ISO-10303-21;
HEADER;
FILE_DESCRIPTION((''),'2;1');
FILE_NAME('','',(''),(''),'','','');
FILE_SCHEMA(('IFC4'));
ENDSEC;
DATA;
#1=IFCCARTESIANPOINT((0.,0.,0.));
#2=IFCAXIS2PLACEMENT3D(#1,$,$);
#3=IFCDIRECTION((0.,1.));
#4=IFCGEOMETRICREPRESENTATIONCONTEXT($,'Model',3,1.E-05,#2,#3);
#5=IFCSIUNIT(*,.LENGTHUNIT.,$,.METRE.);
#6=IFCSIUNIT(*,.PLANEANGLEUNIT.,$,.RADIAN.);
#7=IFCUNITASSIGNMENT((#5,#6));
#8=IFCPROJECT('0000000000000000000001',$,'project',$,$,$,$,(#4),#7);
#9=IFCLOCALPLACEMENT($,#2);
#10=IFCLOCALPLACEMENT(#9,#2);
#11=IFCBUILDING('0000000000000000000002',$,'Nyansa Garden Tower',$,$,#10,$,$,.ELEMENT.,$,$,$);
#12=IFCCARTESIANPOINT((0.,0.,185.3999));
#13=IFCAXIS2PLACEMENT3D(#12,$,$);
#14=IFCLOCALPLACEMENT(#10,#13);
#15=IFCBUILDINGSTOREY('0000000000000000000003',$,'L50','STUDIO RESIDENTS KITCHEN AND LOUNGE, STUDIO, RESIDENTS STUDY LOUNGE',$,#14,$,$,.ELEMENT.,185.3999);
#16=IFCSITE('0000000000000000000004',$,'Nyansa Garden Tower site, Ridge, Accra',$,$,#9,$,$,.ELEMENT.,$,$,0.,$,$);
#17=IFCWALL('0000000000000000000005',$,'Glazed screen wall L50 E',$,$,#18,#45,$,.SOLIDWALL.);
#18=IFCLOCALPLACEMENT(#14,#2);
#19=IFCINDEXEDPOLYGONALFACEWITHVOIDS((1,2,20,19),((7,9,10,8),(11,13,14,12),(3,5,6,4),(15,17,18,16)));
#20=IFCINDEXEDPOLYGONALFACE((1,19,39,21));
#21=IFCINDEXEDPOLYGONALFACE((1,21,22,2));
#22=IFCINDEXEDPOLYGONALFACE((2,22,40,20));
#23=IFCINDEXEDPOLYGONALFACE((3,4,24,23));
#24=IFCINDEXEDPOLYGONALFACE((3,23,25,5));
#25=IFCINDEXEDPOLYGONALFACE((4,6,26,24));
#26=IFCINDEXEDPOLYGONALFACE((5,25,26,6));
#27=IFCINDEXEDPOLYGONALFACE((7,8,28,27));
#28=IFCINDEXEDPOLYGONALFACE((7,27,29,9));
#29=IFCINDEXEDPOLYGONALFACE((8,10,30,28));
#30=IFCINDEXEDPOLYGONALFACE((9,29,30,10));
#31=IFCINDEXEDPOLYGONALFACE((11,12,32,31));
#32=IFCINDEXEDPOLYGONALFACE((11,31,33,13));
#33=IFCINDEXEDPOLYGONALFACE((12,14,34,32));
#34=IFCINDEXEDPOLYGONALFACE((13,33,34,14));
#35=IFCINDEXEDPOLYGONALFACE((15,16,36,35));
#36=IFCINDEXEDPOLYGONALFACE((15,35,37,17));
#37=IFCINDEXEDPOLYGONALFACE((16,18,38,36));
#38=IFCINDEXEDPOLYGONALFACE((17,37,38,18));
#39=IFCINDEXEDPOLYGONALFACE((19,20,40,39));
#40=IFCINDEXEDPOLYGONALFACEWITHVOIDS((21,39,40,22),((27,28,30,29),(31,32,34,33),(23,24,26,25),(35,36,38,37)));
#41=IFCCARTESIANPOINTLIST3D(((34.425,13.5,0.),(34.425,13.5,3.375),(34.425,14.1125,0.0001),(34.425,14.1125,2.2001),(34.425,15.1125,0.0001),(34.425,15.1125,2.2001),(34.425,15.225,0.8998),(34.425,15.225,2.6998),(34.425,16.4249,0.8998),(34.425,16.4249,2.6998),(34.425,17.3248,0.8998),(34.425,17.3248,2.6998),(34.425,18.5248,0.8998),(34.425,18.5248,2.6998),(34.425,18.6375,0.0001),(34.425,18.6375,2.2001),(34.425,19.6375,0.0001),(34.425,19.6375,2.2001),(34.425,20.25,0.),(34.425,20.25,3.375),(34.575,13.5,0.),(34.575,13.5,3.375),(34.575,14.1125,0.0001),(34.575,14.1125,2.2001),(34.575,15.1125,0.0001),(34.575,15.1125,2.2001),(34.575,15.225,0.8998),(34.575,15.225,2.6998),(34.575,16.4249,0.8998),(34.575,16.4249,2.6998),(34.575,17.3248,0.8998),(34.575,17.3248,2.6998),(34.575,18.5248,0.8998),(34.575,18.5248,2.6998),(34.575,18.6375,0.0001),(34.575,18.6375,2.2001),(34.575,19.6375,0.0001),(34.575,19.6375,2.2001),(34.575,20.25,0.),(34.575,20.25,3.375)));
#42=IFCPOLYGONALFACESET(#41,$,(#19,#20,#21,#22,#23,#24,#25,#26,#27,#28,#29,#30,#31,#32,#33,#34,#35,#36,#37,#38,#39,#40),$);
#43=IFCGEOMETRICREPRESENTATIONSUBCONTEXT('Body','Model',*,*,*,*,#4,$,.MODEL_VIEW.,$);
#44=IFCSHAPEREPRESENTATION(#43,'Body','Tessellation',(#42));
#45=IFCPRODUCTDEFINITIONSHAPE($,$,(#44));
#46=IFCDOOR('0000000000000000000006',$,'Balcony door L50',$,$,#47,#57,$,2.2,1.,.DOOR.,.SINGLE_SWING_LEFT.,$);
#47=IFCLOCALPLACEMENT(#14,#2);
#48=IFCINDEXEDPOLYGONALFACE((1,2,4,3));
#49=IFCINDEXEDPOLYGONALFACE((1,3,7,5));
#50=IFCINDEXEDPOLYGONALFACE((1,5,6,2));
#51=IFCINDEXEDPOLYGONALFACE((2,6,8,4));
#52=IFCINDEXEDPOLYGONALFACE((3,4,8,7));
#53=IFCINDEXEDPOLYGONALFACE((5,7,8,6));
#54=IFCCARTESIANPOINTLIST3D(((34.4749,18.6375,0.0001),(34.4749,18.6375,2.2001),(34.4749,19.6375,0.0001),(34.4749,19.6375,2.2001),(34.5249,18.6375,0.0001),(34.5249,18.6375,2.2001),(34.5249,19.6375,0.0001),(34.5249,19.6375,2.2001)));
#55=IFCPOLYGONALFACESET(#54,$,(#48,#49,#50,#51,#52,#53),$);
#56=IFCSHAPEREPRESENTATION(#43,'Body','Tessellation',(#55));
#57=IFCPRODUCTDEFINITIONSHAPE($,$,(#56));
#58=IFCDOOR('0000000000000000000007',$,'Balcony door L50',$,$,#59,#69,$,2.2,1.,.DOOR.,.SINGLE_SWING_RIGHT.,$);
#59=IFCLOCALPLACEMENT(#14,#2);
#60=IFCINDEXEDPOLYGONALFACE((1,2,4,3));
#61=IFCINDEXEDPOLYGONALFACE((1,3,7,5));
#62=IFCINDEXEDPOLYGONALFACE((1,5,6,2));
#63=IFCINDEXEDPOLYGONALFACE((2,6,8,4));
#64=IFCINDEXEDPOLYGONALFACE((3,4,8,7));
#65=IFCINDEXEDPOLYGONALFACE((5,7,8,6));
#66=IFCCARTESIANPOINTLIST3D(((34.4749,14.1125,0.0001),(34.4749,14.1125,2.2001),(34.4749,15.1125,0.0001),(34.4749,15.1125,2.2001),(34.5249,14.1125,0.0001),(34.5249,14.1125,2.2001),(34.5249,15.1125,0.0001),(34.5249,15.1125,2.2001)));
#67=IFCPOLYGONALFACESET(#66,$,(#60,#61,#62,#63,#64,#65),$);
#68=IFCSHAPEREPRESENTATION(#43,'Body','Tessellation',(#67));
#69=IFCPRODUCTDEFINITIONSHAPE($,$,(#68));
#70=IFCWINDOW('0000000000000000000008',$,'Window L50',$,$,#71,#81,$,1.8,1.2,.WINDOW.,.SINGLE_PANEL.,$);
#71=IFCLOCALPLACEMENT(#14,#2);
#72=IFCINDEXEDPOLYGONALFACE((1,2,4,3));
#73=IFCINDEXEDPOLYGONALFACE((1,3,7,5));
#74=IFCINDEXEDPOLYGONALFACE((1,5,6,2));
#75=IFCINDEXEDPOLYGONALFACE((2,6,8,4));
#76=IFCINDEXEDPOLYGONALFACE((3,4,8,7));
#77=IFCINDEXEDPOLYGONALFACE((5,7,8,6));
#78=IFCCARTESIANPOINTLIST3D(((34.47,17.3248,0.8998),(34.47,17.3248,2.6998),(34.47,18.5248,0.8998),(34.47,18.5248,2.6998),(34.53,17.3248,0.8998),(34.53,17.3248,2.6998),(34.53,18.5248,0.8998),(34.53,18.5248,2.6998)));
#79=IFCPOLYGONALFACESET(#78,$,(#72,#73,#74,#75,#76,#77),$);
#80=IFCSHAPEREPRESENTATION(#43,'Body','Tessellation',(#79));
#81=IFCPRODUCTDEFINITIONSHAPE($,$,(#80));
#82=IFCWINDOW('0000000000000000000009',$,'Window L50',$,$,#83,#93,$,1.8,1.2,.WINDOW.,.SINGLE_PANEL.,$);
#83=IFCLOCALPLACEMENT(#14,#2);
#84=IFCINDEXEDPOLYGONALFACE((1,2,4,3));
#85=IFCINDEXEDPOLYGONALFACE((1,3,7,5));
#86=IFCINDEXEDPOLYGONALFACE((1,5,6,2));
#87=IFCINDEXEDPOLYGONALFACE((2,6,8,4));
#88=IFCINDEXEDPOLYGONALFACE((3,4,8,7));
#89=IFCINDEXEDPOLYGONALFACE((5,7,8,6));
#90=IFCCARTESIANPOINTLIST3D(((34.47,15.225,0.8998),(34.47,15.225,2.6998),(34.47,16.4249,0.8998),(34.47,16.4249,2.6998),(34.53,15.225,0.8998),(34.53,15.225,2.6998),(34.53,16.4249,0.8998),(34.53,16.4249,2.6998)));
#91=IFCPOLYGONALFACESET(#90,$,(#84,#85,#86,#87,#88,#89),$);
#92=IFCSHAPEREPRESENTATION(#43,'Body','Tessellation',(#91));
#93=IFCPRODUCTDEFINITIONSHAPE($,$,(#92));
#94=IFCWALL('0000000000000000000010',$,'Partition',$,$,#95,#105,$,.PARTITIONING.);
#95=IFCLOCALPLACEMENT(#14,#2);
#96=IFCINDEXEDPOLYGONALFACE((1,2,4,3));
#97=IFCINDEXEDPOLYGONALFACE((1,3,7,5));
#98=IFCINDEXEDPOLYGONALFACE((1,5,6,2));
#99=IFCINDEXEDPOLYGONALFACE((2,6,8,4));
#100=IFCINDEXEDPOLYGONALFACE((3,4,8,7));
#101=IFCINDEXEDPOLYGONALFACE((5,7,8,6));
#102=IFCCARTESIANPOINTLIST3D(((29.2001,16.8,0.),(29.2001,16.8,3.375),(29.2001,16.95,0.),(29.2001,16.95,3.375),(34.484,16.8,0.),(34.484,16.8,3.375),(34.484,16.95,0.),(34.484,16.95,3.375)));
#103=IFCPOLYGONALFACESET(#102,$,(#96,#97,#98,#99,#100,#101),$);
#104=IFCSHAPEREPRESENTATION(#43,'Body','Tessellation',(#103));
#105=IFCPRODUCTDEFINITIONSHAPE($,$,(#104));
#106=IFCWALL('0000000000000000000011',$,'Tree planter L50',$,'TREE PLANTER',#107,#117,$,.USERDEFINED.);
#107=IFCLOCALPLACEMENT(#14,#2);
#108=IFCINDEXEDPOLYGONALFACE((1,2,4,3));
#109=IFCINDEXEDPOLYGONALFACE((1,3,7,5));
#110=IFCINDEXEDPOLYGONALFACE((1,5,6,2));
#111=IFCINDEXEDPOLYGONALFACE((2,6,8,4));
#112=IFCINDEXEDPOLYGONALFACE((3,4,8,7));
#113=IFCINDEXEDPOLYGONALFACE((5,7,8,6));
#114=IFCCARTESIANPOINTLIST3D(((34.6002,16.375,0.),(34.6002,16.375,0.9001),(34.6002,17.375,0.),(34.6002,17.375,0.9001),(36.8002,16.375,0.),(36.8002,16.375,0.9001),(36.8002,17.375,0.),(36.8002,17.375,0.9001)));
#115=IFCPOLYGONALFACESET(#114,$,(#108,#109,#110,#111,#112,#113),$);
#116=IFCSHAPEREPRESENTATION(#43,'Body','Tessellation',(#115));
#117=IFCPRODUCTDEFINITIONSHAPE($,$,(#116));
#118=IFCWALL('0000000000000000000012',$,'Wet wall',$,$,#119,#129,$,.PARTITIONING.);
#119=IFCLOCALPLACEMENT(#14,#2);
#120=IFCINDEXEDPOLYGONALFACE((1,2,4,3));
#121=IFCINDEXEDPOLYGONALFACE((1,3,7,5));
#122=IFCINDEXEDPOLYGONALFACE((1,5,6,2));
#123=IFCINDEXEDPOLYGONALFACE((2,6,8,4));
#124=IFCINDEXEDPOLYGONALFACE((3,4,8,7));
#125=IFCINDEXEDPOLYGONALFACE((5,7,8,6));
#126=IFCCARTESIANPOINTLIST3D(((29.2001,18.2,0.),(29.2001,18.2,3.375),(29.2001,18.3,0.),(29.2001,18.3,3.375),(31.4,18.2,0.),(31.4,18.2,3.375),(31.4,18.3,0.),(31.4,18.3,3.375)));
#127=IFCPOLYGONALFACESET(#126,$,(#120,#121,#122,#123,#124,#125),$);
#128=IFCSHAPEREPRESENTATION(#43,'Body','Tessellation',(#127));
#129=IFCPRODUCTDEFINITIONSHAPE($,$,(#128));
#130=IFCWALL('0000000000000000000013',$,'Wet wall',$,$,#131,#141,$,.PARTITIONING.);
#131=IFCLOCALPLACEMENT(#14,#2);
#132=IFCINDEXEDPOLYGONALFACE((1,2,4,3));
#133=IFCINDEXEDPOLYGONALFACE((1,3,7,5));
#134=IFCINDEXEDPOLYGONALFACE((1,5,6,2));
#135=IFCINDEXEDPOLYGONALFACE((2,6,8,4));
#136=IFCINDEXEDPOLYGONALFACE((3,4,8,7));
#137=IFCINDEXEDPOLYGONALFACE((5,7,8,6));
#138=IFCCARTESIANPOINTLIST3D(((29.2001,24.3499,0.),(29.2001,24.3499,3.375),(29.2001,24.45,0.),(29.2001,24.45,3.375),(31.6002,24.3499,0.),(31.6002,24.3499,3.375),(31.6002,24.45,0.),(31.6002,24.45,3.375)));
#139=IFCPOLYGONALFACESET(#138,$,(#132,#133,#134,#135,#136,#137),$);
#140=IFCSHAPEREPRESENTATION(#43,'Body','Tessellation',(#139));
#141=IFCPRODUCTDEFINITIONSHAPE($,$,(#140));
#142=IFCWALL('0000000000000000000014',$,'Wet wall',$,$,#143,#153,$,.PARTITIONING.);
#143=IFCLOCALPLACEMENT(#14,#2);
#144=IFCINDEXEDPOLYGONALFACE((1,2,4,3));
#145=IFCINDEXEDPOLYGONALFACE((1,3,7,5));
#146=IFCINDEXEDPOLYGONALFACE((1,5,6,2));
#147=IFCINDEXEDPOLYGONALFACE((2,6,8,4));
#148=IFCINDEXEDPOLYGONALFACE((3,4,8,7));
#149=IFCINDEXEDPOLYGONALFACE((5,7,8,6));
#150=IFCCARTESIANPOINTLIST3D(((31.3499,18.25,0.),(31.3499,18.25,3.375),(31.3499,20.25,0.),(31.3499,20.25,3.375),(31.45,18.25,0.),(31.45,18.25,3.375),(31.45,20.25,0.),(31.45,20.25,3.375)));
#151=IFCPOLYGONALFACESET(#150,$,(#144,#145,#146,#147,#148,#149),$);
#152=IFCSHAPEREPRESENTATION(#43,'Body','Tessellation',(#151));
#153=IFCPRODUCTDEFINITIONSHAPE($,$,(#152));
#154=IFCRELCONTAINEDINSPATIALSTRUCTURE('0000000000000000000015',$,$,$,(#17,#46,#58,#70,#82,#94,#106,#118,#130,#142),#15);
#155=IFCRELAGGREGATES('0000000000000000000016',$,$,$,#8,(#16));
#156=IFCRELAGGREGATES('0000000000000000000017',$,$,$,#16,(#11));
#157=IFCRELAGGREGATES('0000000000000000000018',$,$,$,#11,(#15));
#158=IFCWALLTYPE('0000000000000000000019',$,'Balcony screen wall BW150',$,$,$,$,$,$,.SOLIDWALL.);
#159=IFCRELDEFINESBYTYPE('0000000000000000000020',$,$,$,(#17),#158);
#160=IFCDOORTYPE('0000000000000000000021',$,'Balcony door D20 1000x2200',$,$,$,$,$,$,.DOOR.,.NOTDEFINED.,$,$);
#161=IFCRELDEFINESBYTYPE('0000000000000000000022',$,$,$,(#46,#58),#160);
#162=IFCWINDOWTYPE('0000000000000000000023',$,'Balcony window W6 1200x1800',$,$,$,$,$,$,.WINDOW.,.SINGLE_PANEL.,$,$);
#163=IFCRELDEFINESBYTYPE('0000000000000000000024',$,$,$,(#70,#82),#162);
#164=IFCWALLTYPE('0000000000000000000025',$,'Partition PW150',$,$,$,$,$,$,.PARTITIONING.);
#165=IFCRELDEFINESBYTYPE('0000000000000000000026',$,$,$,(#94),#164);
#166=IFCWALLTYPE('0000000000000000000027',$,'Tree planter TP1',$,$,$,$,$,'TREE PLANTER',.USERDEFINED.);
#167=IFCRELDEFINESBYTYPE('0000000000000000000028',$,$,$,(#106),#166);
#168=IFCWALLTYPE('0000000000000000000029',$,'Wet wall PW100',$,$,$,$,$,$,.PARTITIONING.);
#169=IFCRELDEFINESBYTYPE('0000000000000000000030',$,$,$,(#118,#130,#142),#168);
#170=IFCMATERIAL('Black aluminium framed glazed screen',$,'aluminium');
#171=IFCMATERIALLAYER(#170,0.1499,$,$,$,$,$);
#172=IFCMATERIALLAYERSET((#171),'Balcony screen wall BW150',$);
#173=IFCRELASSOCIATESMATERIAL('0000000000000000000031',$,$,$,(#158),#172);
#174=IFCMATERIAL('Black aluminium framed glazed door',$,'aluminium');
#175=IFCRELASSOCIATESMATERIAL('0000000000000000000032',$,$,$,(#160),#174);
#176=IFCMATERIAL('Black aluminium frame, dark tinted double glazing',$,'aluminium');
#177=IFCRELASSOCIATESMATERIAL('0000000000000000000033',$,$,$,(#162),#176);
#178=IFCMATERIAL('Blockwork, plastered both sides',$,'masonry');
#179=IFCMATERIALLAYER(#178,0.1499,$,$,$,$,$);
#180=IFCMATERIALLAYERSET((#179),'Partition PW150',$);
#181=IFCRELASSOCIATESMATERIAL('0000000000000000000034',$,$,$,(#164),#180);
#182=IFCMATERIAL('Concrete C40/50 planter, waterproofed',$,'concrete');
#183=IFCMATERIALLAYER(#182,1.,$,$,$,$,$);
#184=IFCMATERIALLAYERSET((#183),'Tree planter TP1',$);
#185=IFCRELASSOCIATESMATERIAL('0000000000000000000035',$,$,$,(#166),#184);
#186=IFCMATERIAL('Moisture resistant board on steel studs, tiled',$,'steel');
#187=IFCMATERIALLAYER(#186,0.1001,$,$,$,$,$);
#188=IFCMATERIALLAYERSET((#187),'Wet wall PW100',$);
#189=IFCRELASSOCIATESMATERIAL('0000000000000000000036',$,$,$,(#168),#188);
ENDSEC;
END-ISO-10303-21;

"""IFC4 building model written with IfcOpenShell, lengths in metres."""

from ifc_helpers import new_model, si_unit, direction, frame, frame_2d, origin, place, context, subcontext, project, spatial, rectangle, extrude, material, layer, layer_set, type_object, element, fill, save


model = new_model("IFC4")

# Units and contexts
model_context = context("Model", 3, precision=1e-05, world=origin(), true_north=direction((0.0, 1.0)))
body_context = subcontext(model_context, "Body", "Model", "MODEL_VIEW")
ifc_project = project(units=[si_unit("LENGTHUNIT", "METRE"), si_unit("PLANEANGLEUNIT", "RADIAN")], contexts=[model_context])

# Site, building, storey
site_placement = place(None, origin())
site = spatial("IfcSite", under=ifc_project, at=site_placement, Name="Nyansa Garden Tower site, Ridge, Accra", CompositionType="ELEMENT", RefElevation=0.0)
building_placement = place(site_placement, origin())
building = spatial("IfcBuilding", under=site, at=building_placement, Name="Nyansa Garden Tower", CompositionType="ELEMENT")
storey_placement = place(building_placement, frame((0.0, 0.0, 185.3999)))
storey = spatial("IfcBuildingStorey", under=building, at=storey_placement, Name="L50", Description="STUDIO RESIDENTS KITCHEN AND LOUNGE, STUDIO, RESIDENTS STUDY LOUNGE", CompositionType="ELEMENT", Elevation=185.3999)

# Wall, openings, doors, windows
ifc_material_1 = material(Name="Black aluminium framed glazed screen", Category="aluminium")
ifc_layer_1 = layer(ifc_material_1, 0.1499)
ifc_layer_set_1 = layer_set([ifc_layer_1], Name="Balcony screen wall BW150")
wall_type_1 = type_object("IfcWallType", Name="Balcony screen wall BW150", PredefinedType="SOLIDWALL", material=ifc_layer_set_1)
wall_1_placement = place(storey_placement, frame((34.5, 20.25, 0.0), z_axis=(0.0, 0.0, 1.0), x_axis=(0.0, -1.0, 0.0)))
wall_1 = element("IfcWall", 1, at=wall_1_placement, inside=storey, type_object=wall_type_1, Name="Glazed screen wall L50 E", PredefinedType="SOLIDWALL", context=body_context, shape_type="SweptSolid", body=[
    extrude(rectangle(XDim=6.75, YDim=0.1499, at=frame_2d((3.375, 0.0))), origin(), (0.0, 0.0, 1.0), 3.375),
])
opening_1_placement = place(wall_1_placement, frame((0.6125, 0.0, 0.0)))
opening_1 = element("IfcOpeningElement", 2, at=opening_1_placement, cuts=wall_1, PredefinedType="OPENING", context=body_context, shape_type="SweptSolid", body=[
    extrude(rectangle(XDim=1.0, YDim=2.2, at=frame_2d((0.5, 1.1001))), frame((0.0, 0.085, 0.0), z_axis=(0.0, -1.0, 0.0), x_axis=(1.0, 0.0, 0.0)), (0.0, 0.0, 1.0), 0.1699),
])
opening_2_placement = place(wall_1_placement, frame((1.7251, 0.0, 0.8999)))
opening_2 = element("IfcOpeningElement", 3, at=opening_2_placement, cuts=wall_1, PredefinedType="OPENING", context=body_context, shape_type="SweptSolid", body=[
    extrude(rectangle(XDim=1.2, YDim=1.8, at=frame_2d((0.6001, 0.8999))), frame((0.0, 0.085, 0.0), z_axis=(0.0, -1.0, 0.0), x_axis=(1.0, 0.0, 0.0)), (0.0, 0.0, 1.0), 0.1699),
])
opening_3_placement = place(wall_1_placement, frame((5.1375, 0.0, 0.0)))
opening_3 = element("IfcOpeningElement", 4, at=opening_3_placement, cuts=wall_1, PredefinedType="OPENING", context=body_context, shape_type="SweptSolid", body=[
    extrude(rectangle(XDim=1.0, YDim=2.2, at=frame_2d((0.5, 1.1001))), frame((0.0, 0.085, 0.0), z_axis=(0.0, -1.0, 0.0), x_axis=(1.0, 0.0, 0.0)), (0.0, 0.0, 1.0), 0.1699),
])
opening_4_placement = place(wall_1_placement, frame((3.825, 0.0, 0.8999)))
opening_4 = element("IfcOpeningElement", 5, at=opening_4_placement, cuts=wall_1, PredefinedType="OPENING", context=body_context, shape_type="SweptSolid", body=[
    extrude(rectangle(XDim=1.2, YDim=1.8, at=frame_2d((0.6001, 0.8999))), frame((0.0, 0.085, 0.0), z_axis=(0.0, -1.0, 0.0), x_axis=(1.0, 0.0, 0.0)), (0.0, 0.0, 1.0), 0.1699),
])
ifc_material_2 = material(Name="Black aluminium framed glazed door", Category="aluminium")
door_type_1 = type_object("IfcDoorType", Name="Balcony door D20 1000x2200", OperationType="NOTDEFINED", PredefinedType="DOOR", material=ifc_material_2)
door_1_placement = place(opening_1_placement, origin())
door_1 = element("IfcDoor", 6, at=door_1_placement, inside=storey, type_object=door_type_1, Name="Balcony door L50", OperationType="SINGLE_SWING_LEFT", OverallHeight=2.2, OverallWidth=1.0, PredefinedType="DOOR", context=body_context, shape_type="SweptSolid", body=[
    extrude(rectangle(XDim=1.0, YDim=2.2, at=frame_2d((0.5, 1.1001))), frame((0.0, 0.0249, 0.0), z_axis=(0.0, -1.0, 0.0), x_axis=(1.0, 0.0, 0.0)), (0.0, 0.0, 1.0), 0.05),
])
fill(opening_1, door_1)
door_2_placement = place(opening_3_placement, origin())
door_2 = element("IfcDoor", 7, at=door_2_placement, inside=storey, type_object=door_type_1, Name="Balcony door L50", OperationType="SINGLE_SWING_RIGHT", OverallHeight=2.2, OverallWidth=1.0, PredefinedType="DOOR", context=body_context, shape_type="SweptSolid", body=[
    extrude(rectangle(XDim=1.0, YDim=2.2, at=frame_2d((0.5, 1.1001))), frame((0.0, 0.0249, 0.0), z_axis=(0.0, -1.0, 0.0), x_axis=(1.0, 0.0, 0.0)), (0.0, 0.0, 1.0), 0.05),
])
fill(opening_3, door_2)
ifc_material_3 = material(Name="Black aluminium frame, dark tinted double glazing", Category="aluminium")
window_type = type_object("IfcWindowType", Name="Balcony window W6 1200x1800", PartitioningType="SINGLE_PANEL", PredefinedType="WINDOW", material=ifc_material_3)
window_1_placement = place(opening_2_placement, origin())
window_1 = element("IfcWindow", 8, at=window_1_placement, inside=storey, type_object=window_type, Name="Window L50", OverallHeight=1.8, OverallWidth=1.2, PartitioningType="SINGLE_PANEL", PredefinedType="WINDOW", context=body_context, shape_type="SweptSolid", body=[
    extrude(rectangle(XDim=1.2, YDim=1.8, at=frame_2d((0.6001, 0.8999))), frame((0.0, 0.03, 0.0), z_axis=(0.0, -1.0, 0.0), x_axis=(1.0, 0.0, 0.0)), (0.0, 0.0, 1.0), 0.0601),
])
fill(opening_2, window_1)
window_2_placement = place(opening_4_placement, origin())
window_2 = element("IfcWindow", 9, at=window_2_placement, inside=storey, type_object=window_type, Name="Window L50", OverallHeight=1.8, OverallWidth=1.2, PartitioningType="SINGLE_PANEL", PredefinedType="WINDOW", context=body_context, shape_type="SweptSolid", body=[
    extrude(rectangle(XDim=1.2, YDim=1.8, at=frame_2d((0.6001, 0.8999))), frame((0.0, 0.03, 0.0), z_axis=(0.0, -1.0, 0.0), x_axis=(1.0, 0.0, 0.0)), (0.0, 0.0, 1.0), 0.0601),
])
fill(opening_4, window_2)

# Walls
ifc_material_4 = material(Name="Blockwork, plastered both sides", Category="masonry")
ifc_layer_2 = layer(ifc_material_4, 0.1499)
ifc_layer_set_2 = layer_set([ifc_layer_2], Name="Partition PW150")
wall_type_2 = type_object("IfcWallType", Name="Partition PW150", PredefinedType="PARTITIONING", material=ifc_layer_set_2)
wall_2_placement = place(storey_placement, frame((29.2, 16.875, 0.0), z_axis=(0.0, 0.0, 1.0), x_axis=(1.0, 0.0, 0.0)))
element("IfcWall", 10, at=wall_2_placement, inside=storey, type_object=wall_type_2, Name="Partition", PredefinedType="PARTITIONING", context=body_context, shape_type="SweptSolid", body=[
    extrude(rectangle(XDim=5.2839, YDim=0.1499, at=frame_2d((2.6421, 0.0))), origin(), (0.0, 0.0, 1.0), 3.375),
])
ifc_material_5 = material(Name="Concrete C40/50 planter, waterproofed", Category="concrete")
ifc_layer_3 = layer(ifc_material_5, 1.0)
ifc_layer_set_3 = layer_set([ifc_layer_3], Name="Tree planter TP1")
wall_type_3 = type_object("IfcWallType", Name="Tree planter TP1", ElementType="TREE PLANTER", PredefinedType="USERDEFINED", material=ifc_layer_set_3)
wall_3_placement = place(storey_placement, frame((34.6001, 16.875, 0.0), z_axis=(0.0, 0.0, 1.0), x_axis=(1.0, 0.0, 0.0)))
element("IfcWall", 11, at=wall_3_placement, inside=storey, type_object=wall_type_3, Name="Tree planter L50", ObjectType="TREE PLANTER", PredefinedType="USERDEFINED", context=body_context, shape_type="SweptSolid", body=[
    extrude(rectangle(XDim=2.2, YDim=1.0, at=frame_2d((1.1001, 0.0))), origin(), (0.0, 0.0, 1.0), 0.9001),
])
ifc_material_6 = material(Name="Moisture resistant board on steel studs, tiled", Category="steel")
ifc_layer_4 = layer(ifc_material_6, 0.1001)
ifc_layer_set_4 = layer_set([ifc_layer_4], Name="Wet wall PW100")
wall_type_4 = type_object("IfcWallType", Name="Wet wall PW100", PredefinedType="PARTITIONING", material=ifc_layer_set_4)
wall_4_placement = place(storey_placement, frame((29.2, 18.25, 0.0), z_axis=(0.0, 0.0, 1.0), x_axis=(1.0, 0.0, 0.0)))
element("IfcWall", 12, at=wall_4_placement, inside=storey, type_object=wall_type_4, Name="Wet wall", PredefinedType="PARTITIONING", context=body_context, shape_type="SweptSolid", body=[
    extrude(rectangle(XDim=2.2, YDim=0.1001, at=frame_2d((1.1001, 0.0))), origin(), (0.0, 0.0, 1.0), 3.375),
])
wall_5_placement = place(storey_placement, frame((29.2, 24.3999, 0.0), z_axis=(0.0, 0.0, 1.0), x_axis=(1.0, 0.0, 0.0)))
element("IfcWall", 13, at=wall_5_placement, inside=storey, type_object=wall_type_4, Name="Wet wall", PredefinedType="PARTITIONING", context=body_context, shape_type="SweptSolid", body=[
    extrude(rectangle(XDim=2.4001, YDim=0.1001, at=frame_2d((1.2002, 0.0))), origin(), (0.0, 0.0, 1.0), 3.375),
])
wall_6_placement = place(storey_placement, frame((31.3999, 18.25, 0.0), z_axis=(0.0, 0.0, 1.0), x_axis=(0.0, 1.0, 0.0)))
element("IfcWall", 14, at=wall_6_placement, inside=storey, type_object=wall_type_4, Name="Wet wall", PredefinedType="PARTITIONING", context=body_context, shape_type="SweptSolid", body=[
    extrude(rectangle(XDim=2.0, YDim=0.1001, at=frame_2d((1.0, 0.0))), origin(), (0.0, 0.0, 1.0), 3.375),
])

save(model, "model.ifc")
